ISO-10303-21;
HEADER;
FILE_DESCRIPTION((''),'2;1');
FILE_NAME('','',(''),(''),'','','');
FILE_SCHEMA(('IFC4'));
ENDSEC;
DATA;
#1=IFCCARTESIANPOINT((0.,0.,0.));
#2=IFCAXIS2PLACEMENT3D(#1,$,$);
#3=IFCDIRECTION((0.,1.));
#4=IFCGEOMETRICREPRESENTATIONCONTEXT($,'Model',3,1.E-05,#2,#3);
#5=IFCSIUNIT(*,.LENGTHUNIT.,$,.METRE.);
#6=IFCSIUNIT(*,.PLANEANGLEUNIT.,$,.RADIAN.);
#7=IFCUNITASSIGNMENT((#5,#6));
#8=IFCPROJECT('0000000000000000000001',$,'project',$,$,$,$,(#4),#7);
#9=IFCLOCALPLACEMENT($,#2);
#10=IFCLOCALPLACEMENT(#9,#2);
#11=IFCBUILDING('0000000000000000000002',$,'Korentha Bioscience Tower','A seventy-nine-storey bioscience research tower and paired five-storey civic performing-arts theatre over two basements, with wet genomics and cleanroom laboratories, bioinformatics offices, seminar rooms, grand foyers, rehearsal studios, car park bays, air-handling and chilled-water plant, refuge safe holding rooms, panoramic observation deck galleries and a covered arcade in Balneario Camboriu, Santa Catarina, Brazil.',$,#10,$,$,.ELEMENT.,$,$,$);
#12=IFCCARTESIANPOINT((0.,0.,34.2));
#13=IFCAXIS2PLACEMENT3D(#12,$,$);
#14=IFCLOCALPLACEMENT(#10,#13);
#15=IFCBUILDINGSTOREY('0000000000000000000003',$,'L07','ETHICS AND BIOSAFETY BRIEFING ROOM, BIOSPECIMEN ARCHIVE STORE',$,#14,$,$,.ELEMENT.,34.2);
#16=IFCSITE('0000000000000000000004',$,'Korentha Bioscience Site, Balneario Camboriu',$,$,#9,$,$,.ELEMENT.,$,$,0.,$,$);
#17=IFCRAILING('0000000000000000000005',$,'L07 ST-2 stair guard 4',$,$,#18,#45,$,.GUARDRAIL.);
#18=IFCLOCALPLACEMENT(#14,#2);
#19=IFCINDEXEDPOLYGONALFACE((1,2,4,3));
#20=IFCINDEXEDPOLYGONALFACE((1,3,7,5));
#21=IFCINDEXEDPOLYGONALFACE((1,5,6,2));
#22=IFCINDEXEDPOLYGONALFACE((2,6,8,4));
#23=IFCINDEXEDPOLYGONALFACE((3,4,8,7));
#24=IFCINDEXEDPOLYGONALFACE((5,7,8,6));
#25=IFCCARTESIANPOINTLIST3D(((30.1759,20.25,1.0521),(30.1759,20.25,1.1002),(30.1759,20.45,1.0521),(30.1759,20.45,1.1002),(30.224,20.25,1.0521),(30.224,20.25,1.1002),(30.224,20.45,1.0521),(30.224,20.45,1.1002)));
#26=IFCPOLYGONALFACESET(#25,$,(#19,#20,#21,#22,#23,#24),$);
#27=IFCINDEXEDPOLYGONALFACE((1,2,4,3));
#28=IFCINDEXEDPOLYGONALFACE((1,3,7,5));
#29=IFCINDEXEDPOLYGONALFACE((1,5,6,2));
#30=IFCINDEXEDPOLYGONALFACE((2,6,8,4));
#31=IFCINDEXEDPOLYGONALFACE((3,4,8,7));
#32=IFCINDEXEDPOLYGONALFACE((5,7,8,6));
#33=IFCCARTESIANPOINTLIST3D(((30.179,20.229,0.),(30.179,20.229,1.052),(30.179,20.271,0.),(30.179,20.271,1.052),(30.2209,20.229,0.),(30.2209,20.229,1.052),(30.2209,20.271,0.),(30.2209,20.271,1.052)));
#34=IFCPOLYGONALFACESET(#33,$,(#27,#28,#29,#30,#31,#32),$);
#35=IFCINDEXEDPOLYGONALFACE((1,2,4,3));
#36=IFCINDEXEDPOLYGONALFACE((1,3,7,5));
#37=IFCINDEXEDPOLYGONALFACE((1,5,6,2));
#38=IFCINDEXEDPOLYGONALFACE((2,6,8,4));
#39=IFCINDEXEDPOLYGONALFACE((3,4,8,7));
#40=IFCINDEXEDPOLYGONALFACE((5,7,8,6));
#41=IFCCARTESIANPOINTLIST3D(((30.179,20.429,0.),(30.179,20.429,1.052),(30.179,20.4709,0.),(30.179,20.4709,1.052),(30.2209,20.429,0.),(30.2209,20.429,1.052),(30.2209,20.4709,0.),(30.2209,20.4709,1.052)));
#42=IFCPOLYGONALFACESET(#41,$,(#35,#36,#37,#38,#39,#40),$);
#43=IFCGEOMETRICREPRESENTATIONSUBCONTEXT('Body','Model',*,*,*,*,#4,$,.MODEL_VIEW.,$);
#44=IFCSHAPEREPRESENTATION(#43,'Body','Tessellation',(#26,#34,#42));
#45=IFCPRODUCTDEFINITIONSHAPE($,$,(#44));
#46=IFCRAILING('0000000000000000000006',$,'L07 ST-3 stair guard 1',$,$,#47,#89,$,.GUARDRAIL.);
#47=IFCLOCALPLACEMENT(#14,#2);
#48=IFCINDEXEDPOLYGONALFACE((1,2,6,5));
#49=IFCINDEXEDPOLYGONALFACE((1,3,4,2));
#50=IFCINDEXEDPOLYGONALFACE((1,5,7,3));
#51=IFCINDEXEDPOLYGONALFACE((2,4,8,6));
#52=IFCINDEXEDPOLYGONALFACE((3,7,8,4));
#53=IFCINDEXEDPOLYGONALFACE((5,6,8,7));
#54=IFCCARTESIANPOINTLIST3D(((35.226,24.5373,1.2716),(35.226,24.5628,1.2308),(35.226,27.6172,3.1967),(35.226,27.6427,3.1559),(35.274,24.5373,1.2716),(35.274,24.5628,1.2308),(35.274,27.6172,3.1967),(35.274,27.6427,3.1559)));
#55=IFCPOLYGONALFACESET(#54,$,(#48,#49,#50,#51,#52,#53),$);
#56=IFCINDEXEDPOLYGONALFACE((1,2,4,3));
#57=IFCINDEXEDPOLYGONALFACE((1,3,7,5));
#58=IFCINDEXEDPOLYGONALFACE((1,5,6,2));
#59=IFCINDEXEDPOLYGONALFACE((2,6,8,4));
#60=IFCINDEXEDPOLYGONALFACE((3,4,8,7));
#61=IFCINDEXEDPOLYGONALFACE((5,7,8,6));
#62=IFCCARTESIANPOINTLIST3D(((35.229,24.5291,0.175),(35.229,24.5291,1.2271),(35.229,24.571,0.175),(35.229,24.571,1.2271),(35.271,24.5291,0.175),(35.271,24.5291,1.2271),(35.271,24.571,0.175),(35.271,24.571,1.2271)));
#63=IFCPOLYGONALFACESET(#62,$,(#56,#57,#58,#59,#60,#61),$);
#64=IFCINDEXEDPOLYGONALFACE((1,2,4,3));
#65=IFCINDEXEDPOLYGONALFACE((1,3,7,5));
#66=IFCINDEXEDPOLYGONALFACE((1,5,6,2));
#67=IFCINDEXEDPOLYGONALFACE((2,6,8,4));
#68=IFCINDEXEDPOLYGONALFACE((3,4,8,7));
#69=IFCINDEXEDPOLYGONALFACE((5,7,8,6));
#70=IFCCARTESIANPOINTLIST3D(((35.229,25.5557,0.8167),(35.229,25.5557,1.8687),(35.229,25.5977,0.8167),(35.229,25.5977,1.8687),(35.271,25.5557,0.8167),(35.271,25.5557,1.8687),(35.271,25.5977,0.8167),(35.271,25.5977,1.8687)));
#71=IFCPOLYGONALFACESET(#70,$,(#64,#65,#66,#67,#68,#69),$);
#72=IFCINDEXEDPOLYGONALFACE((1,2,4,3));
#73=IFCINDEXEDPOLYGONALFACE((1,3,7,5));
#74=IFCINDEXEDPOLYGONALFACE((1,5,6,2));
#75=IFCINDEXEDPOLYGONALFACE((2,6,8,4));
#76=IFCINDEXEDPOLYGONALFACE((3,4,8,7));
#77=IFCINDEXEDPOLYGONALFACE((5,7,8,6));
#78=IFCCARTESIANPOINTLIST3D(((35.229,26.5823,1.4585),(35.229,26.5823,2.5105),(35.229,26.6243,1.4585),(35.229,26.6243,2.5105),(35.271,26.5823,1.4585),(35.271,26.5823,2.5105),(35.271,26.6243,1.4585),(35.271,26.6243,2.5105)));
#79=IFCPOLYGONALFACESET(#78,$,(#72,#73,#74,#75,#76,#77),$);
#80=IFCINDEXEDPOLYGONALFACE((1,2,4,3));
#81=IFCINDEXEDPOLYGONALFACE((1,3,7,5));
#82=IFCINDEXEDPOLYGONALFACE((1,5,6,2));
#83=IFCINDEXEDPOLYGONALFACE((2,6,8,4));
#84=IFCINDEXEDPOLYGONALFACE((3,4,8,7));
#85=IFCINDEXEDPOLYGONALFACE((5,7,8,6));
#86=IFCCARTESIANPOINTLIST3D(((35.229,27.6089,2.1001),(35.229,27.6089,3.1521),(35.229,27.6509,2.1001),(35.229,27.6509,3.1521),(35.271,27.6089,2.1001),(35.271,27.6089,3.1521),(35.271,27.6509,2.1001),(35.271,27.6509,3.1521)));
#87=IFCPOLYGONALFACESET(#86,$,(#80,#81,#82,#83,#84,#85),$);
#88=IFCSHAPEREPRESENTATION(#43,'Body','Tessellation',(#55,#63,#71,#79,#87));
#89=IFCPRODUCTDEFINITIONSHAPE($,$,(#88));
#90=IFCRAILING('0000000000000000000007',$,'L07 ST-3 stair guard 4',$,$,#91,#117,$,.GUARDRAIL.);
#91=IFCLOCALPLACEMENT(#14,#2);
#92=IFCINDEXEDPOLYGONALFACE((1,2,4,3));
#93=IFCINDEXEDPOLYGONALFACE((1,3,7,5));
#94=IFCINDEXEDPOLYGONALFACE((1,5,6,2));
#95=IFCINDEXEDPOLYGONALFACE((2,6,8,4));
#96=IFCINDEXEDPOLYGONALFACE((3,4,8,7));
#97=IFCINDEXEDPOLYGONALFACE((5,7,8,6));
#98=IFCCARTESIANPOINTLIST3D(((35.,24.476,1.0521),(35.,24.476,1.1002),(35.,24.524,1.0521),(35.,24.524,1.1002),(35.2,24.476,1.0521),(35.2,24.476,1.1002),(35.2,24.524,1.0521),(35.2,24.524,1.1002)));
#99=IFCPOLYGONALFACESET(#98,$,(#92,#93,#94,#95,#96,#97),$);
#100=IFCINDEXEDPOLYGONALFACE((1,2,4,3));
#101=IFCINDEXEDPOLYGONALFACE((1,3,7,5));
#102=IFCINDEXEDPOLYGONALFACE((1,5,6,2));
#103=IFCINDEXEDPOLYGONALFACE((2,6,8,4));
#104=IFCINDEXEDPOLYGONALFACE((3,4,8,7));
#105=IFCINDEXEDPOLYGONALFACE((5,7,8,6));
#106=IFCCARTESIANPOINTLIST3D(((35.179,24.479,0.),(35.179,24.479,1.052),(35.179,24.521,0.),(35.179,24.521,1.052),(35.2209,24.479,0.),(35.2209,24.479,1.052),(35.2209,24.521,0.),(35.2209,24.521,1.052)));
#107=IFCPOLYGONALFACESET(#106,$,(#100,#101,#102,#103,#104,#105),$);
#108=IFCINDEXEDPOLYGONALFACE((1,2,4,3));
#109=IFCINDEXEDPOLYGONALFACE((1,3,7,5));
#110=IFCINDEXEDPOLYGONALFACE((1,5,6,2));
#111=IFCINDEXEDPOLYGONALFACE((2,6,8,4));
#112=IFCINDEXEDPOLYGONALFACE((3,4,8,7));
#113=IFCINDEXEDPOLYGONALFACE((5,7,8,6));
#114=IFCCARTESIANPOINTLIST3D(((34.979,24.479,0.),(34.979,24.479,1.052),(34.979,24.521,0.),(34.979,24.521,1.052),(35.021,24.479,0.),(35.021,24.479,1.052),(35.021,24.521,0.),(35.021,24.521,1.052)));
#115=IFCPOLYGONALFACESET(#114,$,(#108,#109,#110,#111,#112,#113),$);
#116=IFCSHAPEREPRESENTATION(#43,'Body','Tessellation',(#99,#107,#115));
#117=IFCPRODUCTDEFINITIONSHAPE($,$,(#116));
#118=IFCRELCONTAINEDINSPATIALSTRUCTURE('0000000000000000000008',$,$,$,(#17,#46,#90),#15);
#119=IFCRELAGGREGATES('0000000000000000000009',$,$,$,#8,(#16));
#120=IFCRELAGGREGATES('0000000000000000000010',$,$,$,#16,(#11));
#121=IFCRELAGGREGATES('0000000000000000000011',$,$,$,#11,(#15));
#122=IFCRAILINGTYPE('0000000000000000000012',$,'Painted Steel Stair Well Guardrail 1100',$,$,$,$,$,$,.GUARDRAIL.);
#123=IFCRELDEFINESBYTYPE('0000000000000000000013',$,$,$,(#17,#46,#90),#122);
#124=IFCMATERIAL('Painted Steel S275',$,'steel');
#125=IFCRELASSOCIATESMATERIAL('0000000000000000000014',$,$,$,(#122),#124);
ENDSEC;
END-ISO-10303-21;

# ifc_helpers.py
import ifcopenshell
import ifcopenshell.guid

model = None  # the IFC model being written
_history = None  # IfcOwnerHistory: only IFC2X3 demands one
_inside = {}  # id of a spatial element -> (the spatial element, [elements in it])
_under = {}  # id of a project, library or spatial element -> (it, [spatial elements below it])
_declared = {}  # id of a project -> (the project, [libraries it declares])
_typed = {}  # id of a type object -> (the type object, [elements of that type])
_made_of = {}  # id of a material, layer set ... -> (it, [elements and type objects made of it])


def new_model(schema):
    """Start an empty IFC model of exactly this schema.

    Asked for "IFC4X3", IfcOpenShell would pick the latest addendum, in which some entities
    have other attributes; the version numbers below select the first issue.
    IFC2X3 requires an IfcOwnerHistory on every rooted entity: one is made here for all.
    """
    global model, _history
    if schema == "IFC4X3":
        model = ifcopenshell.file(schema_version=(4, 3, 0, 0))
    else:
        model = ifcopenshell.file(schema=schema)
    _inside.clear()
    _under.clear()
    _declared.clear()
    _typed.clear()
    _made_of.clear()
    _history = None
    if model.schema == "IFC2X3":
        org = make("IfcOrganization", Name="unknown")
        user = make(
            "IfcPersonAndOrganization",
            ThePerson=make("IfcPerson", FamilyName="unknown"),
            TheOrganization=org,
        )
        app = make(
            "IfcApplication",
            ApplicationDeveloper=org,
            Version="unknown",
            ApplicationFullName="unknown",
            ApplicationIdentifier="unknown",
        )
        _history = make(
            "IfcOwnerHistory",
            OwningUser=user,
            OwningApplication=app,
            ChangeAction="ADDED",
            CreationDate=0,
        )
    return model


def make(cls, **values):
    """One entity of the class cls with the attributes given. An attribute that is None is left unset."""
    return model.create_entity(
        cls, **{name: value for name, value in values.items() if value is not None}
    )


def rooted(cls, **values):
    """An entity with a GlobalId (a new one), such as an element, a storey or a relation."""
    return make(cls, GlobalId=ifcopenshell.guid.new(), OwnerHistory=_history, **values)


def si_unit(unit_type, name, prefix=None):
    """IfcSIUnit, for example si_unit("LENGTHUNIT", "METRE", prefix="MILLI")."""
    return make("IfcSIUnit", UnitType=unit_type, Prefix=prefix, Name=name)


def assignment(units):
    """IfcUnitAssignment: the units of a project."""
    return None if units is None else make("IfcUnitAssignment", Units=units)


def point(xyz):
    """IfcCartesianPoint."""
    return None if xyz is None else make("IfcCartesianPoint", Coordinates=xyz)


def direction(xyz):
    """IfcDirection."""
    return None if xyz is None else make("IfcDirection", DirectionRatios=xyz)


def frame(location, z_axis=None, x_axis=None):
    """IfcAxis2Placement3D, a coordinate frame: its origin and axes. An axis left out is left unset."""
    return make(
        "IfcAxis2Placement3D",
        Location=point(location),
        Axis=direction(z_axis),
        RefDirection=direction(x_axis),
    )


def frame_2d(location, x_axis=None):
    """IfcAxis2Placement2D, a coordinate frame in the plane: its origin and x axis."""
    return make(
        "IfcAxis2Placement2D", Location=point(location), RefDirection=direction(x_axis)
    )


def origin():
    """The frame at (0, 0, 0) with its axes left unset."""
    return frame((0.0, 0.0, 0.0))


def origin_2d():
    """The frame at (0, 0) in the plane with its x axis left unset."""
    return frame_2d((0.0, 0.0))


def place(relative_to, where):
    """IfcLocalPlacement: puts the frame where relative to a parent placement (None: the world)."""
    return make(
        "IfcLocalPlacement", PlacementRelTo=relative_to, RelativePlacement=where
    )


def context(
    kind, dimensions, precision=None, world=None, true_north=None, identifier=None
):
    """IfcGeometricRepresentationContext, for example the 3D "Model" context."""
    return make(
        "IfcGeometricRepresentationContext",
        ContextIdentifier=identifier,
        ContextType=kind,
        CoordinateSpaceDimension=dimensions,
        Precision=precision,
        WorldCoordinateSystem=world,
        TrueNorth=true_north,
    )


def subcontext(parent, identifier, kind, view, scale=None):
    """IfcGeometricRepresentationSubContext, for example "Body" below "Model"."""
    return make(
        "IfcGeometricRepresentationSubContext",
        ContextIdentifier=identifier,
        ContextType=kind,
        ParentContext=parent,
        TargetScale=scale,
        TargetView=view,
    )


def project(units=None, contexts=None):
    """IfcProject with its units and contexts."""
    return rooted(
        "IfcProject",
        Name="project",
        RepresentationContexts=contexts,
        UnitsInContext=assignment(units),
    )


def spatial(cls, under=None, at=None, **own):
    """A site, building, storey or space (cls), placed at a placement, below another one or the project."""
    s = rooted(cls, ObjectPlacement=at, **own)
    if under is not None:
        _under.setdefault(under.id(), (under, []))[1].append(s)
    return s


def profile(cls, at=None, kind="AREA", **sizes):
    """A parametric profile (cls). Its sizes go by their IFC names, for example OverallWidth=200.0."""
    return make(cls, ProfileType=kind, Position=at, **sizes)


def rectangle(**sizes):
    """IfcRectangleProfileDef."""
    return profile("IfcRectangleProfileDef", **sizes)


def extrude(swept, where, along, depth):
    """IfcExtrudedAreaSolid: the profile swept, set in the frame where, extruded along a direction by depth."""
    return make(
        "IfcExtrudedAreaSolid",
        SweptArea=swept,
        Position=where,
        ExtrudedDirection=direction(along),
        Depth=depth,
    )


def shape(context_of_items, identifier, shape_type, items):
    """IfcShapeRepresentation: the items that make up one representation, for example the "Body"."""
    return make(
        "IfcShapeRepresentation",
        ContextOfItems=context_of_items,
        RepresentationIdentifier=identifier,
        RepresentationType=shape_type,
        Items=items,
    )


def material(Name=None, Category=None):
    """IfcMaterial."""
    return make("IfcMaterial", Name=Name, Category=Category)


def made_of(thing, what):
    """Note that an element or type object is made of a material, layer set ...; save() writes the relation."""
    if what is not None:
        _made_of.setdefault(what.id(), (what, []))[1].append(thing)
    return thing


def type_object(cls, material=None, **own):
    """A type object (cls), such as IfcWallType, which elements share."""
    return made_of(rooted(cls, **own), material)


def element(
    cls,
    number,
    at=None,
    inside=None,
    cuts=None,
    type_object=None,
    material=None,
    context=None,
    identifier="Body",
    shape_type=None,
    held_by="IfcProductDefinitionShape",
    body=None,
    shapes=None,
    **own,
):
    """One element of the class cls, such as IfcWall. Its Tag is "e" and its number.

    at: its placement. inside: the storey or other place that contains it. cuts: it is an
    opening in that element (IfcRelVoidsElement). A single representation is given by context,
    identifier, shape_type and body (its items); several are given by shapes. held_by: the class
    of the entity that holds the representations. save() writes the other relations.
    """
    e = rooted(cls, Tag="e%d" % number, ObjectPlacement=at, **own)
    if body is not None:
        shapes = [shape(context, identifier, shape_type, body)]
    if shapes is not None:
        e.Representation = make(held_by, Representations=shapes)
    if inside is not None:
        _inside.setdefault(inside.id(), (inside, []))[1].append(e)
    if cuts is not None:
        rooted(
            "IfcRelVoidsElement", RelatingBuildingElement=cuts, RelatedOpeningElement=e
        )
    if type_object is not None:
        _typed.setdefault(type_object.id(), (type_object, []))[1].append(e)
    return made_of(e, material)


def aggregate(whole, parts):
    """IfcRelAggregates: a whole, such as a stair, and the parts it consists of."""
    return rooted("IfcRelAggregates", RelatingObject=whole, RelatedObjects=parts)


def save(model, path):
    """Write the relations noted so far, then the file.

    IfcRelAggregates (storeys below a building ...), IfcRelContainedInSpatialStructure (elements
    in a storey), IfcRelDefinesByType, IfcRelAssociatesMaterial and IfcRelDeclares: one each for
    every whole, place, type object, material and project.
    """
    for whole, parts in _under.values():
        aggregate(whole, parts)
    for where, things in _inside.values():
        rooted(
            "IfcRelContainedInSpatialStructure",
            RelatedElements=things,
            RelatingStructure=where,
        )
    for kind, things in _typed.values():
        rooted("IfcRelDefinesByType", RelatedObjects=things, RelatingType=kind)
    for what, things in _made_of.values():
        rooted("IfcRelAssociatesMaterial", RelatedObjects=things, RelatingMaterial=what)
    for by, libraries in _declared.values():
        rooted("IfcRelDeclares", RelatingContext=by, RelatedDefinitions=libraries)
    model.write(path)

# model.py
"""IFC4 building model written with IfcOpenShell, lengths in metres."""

from ifc_helpers import new_model, si_unit, direction, frame, origin, origin_2d, place, context, subcontext, project, spatial, rectangle, extrude, material, type_object, element, save


model = new_model("IFC4")

# Units and contexts
model_context = context("Model", 3, precision=1e-05, world=origin(), true_north=direction((0.0, 1.0)))
body_context = subcontext(model_context, "Body", "Model", "MODEL_VIEW")
ifc_project = project(units=[si_unit("LENGTHUNIT", "METRE"), si_unit("PLANEANGLEUNIT", "RADIAN")], contexts=[model_context])

# Site, building, storey
site_placement = place(None, origin())
site = spatial("IfcSite", under=ifc_project, at=site_placement, Name="Korentha Bioscience Site, Balneario Camboriu", CompositionType="ELEMENT", RefElevation=0.0)
building_placement = place(site_placement, origin())
building = spatial("IfcBuilding", under=site, at=building_placement, Name="Korentha Bioscience Tower", Description="A seventy-nine-storey bioscience research tower and paired five-storey civic performing-arts theatre over two basements, with wet genomics and cleanroom laboratories, bioinformatics offices, seminar rooms, grand foyers, rehearsal studios, car park bays, air-handling and chilled-water plant, refuge safe holding rooms, panoramic observation deck galleries and a covered arcade in Balneario Camboriu, Santa Catarina, Brazil.", CompositionType="ELEMENT")
storey_placement = place(building_placement, frame((0.0, 0.0, 34.2)))
storey = spatial("IfcBuildingStorey", under=building, at=storey_placement, Name="L07", Description="ETHICS AND BIOSAFETY BRIEFING ROOM, BIOSPECIMEN ARCHIVE STORE", CompositionType="ELEMENT", Elevation=34.2)

# Railings
ifc_material_1 = material(Name="Painted Steel S275", Category="steel")
railing_type_1 = type_object("IfcRailingType", Name="Painted Steel Stair Well Guardrail 1100", PredefinedType="GUARDRAIL", material=ifc_material_1)
railing_1_placement = place(storey_placement, frame((30.2, 20.25, 0.0)))
element("IfcRailing", 1, at=railing_1_placement, inside=storey, type_object=railing_type_1, Name="L07 ST-2 stair guard 4", PredefinedType="GUARDRAIL", context=body_context, shape_type="SweptSolid", body=[
    extrude(rectangle(XDim=0.0481, YDim=0.0481, at=origin_2d()), frame((0.0, 0.0, 1.0762), z_axis=(0.0, 1.0, 0.0), x_axis=(-1.0, 0.0, 0.0)), (0.0, 0.0, 1.0), 0.2),
    extrude(rectangle(XDim=0.042, YDim=0.042, at=origin_2d()), origin(), (0.0, 0.0, 1.0), 1.052),
    extrude(rectangle(XDim=0.042, YDim=0.042, at=origin_2d()), frame((0.0, 0.2, 0.0)), (0.0, 0.0, 1.0), 1.052),
])
railing_2_placement = place(storey_placement, frame((35.25, 24.55, 0.175)))
element("IfcRailing", 2, at=railing_2_placement, inside=storey, type_object=railing_type_1, Name="L07 ST-3 stair guard 1", PredefinedType="GUARDRAIL", context=body_context, shape_type="SweptSolid", body=[
    extrude(rectangle(XDim=0.0481, YDim=0.0481, at=origin_2d()), frame((0.0, 0.0, 1.0762), z_axis=(0.0, 0.847979, 0.530029), x_axis=(-1.0, 0.0, 0.0)), (0.0, 0.0, 1.0), 3.6321),
    extrude(rectangle(XDim=0.042, YDim=0.042, at=origin_2d()), origin(), (0.0, 0.0, 1.0), 1.052),
    extrude(rectangle(XDim=0.042, YDim=0.042, at=origin_2d()), frame((0.0, 1.0266, 0.6416)), (0.0, 0.0, 1.0), 1.052),
    extrude(rectangle(XDim=0.042, YDim=0.042, at=origin_2d()), frame((0.0, 2.0532, 1.2834)), (0.0, 0.0, 1.0), 1.052),
    extrude(rectangle(XDim=0.042, YDim=0.042, at=origin_2d()), frame((0.0, 3.0798, 1.925)), (0.0, 0.0, 1.0), 1.052),
])
railing_3_placement = place(storey_placement, frame((35.2, 24.5, 0.0)))
element("IfcRailing", 3, at=railing_3_placement, inside=storey, type_object=railing_type_1, Name="L07 ST-3 stair guard 4", PredefinedType="GUARDRAIL", context=body_context, shape_type="SweptSolid", body=[
    extrude(rectangle(XDim=0.0481, YDim=0.0481, at=origin_2d()), frame((0.0, 0.0, 1.0762), z_axis=(-1.0, 0.0, 0.0), x_axis=(0.0, -1.0, 0.0)), (0.0, 0.0, 1.0), 0.2),
    extrude(rectangle(XDim=0.042, YDim=0.042, at=origin_2d()), origin(), (0.0, 0.0, 1.0), 1.052),
    extrude(rectangle(XDim=0.042, YDim=0.042, at=origin_2d()), frame((-0.2, 0.0, 0.0)), (0.0, 0.0, 1.0), 1.052),
])

save(model, "model.ifc")
